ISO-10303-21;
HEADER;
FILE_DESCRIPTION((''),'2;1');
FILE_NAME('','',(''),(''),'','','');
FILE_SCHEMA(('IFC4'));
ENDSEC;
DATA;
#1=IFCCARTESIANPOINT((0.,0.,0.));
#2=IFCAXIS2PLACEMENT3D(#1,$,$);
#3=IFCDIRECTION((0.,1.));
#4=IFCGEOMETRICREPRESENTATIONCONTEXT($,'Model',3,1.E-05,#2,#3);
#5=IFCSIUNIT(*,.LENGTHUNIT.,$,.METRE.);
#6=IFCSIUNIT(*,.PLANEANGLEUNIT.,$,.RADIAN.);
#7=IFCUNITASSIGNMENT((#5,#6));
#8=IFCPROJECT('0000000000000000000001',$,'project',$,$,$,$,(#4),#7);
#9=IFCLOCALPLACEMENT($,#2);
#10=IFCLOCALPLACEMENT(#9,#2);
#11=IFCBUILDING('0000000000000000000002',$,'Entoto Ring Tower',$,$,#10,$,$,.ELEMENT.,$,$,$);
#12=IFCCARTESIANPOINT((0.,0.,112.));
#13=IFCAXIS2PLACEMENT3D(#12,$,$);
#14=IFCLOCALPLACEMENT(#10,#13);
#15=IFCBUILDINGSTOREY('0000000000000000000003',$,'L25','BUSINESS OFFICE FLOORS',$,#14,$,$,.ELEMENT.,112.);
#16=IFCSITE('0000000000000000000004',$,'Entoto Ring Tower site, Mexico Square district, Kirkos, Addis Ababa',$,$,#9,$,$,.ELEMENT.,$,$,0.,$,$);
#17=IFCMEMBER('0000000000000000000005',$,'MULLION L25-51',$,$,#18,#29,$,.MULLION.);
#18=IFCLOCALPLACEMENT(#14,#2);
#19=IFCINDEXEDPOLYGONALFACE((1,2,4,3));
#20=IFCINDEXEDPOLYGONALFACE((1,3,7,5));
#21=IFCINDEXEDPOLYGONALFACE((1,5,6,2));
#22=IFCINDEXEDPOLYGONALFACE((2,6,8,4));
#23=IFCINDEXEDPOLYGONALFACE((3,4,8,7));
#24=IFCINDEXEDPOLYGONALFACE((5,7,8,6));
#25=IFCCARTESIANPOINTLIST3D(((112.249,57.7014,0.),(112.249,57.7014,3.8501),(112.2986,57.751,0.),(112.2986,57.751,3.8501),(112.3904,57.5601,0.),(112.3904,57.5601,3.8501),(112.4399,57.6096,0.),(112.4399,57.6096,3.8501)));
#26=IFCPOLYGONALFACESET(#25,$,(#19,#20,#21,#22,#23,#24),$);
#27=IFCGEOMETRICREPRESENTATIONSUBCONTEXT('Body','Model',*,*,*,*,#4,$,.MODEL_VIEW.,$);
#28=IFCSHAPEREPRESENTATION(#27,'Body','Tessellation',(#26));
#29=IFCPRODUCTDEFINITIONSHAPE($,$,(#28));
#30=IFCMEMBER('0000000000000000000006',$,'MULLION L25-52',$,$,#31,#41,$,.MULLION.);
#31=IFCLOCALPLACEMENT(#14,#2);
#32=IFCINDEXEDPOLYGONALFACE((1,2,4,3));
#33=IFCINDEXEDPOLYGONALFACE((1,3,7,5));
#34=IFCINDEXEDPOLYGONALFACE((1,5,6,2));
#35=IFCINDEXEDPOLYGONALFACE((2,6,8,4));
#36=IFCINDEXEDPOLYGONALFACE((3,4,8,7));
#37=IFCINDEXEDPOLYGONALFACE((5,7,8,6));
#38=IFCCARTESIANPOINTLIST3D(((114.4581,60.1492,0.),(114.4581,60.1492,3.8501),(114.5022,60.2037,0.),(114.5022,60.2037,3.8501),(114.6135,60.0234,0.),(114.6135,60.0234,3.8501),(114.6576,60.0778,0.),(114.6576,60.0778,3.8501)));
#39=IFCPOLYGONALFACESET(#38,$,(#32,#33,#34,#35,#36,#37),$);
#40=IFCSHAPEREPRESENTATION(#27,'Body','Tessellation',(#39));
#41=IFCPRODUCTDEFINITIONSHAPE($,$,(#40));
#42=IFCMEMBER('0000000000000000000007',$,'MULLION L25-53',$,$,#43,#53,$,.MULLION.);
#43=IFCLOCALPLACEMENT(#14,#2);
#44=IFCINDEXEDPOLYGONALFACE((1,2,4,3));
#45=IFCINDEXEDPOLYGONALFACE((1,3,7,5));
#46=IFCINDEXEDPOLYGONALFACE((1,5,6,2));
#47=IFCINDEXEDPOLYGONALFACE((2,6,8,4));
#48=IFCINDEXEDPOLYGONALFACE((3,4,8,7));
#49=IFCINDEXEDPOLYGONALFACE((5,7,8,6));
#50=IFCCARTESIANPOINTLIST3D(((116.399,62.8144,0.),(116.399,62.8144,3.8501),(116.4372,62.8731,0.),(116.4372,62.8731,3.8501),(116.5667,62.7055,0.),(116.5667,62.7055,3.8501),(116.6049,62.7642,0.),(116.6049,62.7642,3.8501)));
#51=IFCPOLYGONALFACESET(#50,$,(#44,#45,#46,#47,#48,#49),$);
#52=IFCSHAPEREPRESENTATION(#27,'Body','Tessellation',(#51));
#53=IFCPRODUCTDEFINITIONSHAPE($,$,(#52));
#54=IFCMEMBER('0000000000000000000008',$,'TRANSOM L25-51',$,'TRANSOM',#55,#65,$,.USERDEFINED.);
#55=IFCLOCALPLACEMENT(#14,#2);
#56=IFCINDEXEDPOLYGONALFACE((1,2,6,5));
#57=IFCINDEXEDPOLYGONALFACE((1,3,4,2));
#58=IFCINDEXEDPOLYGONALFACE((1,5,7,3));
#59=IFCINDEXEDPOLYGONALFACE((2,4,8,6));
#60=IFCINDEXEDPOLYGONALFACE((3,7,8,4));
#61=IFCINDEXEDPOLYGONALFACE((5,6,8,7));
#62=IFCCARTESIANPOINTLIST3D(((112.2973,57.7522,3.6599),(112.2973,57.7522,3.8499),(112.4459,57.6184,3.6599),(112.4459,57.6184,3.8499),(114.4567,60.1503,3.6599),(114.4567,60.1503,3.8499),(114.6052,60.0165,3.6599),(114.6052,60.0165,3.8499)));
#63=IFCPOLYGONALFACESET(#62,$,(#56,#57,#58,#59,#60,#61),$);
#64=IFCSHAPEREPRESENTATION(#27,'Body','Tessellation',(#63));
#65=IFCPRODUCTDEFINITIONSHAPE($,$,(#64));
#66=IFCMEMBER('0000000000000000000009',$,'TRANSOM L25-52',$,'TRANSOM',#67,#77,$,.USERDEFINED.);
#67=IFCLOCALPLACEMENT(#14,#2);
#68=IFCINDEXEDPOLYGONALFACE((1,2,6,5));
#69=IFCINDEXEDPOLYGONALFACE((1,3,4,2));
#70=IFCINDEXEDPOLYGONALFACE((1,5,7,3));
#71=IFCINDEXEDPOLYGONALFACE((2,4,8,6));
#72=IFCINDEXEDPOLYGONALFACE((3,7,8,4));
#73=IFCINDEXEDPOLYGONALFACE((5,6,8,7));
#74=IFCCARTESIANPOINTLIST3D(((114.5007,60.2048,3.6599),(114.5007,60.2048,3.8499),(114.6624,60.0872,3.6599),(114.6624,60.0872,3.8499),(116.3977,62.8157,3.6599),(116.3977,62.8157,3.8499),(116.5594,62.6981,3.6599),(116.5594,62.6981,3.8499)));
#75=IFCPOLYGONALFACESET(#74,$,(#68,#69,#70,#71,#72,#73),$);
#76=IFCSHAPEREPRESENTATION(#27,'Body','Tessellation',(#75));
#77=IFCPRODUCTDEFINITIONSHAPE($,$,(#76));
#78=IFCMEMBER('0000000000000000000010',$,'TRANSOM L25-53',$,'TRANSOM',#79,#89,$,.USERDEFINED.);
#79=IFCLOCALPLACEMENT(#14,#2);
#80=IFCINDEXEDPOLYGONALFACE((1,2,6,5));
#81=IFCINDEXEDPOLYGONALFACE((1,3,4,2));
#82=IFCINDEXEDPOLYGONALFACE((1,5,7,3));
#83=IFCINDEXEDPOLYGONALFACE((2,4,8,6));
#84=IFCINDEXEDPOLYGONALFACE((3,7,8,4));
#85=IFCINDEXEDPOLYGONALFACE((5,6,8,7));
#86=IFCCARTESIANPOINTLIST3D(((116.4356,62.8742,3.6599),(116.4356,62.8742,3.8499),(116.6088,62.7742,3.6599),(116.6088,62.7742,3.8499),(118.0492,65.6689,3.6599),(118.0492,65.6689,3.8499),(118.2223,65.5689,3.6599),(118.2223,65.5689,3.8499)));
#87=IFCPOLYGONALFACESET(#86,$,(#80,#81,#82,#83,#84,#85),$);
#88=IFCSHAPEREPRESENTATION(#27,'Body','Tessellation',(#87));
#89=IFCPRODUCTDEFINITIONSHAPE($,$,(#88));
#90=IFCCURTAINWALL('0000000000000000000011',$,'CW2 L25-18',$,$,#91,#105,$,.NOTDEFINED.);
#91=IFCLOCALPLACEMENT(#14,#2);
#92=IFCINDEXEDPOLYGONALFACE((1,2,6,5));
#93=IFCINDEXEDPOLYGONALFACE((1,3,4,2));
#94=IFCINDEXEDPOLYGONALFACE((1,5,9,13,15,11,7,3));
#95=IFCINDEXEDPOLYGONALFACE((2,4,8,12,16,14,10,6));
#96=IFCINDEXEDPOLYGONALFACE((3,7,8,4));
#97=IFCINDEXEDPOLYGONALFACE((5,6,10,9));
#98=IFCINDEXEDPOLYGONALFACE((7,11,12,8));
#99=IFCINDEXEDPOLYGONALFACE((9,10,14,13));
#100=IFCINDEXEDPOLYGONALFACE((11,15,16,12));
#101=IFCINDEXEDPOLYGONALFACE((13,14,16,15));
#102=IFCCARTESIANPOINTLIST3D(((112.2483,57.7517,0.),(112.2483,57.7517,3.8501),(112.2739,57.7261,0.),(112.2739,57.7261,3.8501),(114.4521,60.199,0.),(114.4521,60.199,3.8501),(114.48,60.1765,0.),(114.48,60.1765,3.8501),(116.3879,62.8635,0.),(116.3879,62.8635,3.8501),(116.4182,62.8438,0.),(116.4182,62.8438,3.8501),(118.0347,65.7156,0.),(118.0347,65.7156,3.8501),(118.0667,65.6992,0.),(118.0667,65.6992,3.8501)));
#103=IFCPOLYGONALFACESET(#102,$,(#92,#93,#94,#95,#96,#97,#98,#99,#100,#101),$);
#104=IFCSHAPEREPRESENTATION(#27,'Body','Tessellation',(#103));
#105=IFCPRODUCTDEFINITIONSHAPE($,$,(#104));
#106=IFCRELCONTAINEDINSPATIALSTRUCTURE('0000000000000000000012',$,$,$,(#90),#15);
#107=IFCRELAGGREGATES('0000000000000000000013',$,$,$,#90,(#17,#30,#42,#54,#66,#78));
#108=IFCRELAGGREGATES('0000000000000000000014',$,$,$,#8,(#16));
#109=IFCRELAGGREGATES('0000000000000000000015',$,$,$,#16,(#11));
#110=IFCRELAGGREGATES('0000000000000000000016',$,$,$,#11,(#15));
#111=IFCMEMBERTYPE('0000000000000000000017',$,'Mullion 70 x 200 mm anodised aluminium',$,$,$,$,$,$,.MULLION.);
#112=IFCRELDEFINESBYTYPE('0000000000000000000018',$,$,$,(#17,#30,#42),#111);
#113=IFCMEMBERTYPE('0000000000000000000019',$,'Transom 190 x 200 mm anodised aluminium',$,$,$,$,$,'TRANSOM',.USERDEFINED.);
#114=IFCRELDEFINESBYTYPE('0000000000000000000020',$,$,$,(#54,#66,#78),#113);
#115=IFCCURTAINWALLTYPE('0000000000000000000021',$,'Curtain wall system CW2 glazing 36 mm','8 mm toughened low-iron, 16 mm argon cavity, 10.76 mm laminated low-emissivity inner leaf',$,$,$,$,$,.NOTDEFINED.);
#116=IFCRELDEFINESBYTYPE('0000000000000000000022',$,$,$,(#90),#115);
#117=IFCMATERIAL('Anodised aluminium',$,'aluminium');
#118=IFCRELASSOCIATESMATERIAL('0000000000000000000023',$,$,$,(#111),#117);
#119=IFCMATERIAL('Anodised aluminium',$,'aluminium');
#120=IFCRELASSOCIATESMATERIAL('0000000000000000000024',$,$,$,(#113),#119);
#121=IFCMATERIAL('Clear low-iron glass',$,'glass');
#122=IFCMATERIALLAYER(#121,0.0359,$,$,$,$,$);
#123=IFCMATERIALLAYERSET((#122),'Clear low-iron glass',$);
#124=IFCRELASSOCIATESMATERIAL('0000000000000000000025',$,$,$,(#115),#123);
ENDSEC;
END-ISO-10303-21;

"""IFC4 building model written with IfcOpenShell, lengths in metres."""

from ifc_helpers import new_model, si_unit, direction, frame, origin, origin_2d, place, context, subcontext, project, spatial, polyline, rectangle, outline, extrude, material, layer, layer_set, material_profile, profile_set, type_object, element, aggregate, save


model = new_model("IFC4")

# Units and contexts
model_context = context("Model", 3, precision=1e-05, world=origin(), true_north=direction((0.0, 1.0)))
body_context = subcontext(model_context, "Body", "Model", "MODEL_VIEW")
ifc_project = project(units=[si_unit("LENGTHUNIT", "METRE"), si_unit("PLANEANGLEUNIT", "RADIAN")], contexts=[model_context])

# Members
ifc_material_1 = material(Name="Anodised aluminium", Category="aluminium")
ifc_material_profile_1 = material_profile(ifc_material_1, rectangle(XDim=0.0701, YDim=0.2, at=origin_2d()), Name="Mullion 70 x 200 mm anodised aluminium")
ifc_profile_set_1 = profile_set([ifc_material_profile_1], Name="Anodised aluminium")
member_type_1 = type_object("IfcMemberType", Name="Mullion 70 x 200 mm anodised aluminium", PredefinedType="MULLION", material=ifc_profile_set_1)
site_placement = place(None, origin())
building_placement = place(site_placement, origin())
storey_placement = place(building_placement, frame((0.0, 0.0, 112.0)))
member_1_placement = place(storey_placement, frame((112.3445, 57.6555, 0.0), z_axis=(0.0, 0.0, 1.0), x_axis=(0.707107, 0.707107, 0.0)))
member_1 = element("IfcMember", 1, at=member_1_placement, type_object=member_type_1, Name="MULLION L25-51", PredefinedType="MULLION", context=body_context, shape_type="SweptSolid", body=[
    extrude(rectangle(XDim=0.0701, YDim=0.2, at=origin_2d()), origin(), (0.0, 0.0, 1.0), 3.8501),
])
member_2_placement = place(storey_placement, frame((114.5579, 60.1135, 0.0), z_axis=(0.0, 0.0, 1.0), x_axis=(0.62932, 0.777146, 0.0)))
member_2 = element("IfcMember", 2, at=member_2_placement, type_object=member_type_1, Name="MULLION L25-52", PredefinedType="MULLION", context=body_context, shape_type="SweptSolid", body=[
    extrude(rectangle(XDim=0.0701, YDim=0.2, at=origin_2d()), origin(), (0.0, 0.0, 1.0), 3.8501),
])
member_3_placement = place(storey_placement, frame((116.502, 62.7893, 0.0), z_axis=(0.0, 0.0, 1.0), x_axis=(0.544639, 0.838671, 0.0)))
member_3 = element("IfcMember", 3, at=member_3_placement, type_object=member_type_1, Name="MULLION L25-53", PredefinedType="MULLION", context=body_context, shape_type="SweptSolid", body=[
    extrude(rectangle(XDim=0.0701, YDim=0.2, at=origin_2d()), origin(), (0.0, 0.0, 1.0), 3.8501),
])
ifc_material_2 = material(Name="Anodised aluminium", Category="aluminium")
ifc_material_profile_2 = material_profile(ifc_material_2, rectangle(XDim=0.2, YDim=0.1899, at=origin_2d()), Name="Transom 190 x 200 mm anodised aluminium")
ifc_profile_set_2 = profile_set([ifc_material_profile_2], Name="Anodised aluminium")
member_type_2 = type_object("IfcMemberType", Name="Transom 190 x 200 mm anodised aluminium", ElementType="TRANSOM", PredefinedType="USERDEFINED", material=ifc_profile_set_2)
member_4_placement = place(storey_placement, frame((112.3716, 57.6853, 3.7549), z_axis=(0.669144, 0.743132, 0.0), x_axis=(-0.743132, 0.669144, 0.0)))
member_4 = element("IfcMember", 4, at=member_4_placement, type_object=member_type_2, Name="TRANSOM L25-51", ObjectType="TRANSOM", PredefinedType="USERDEFINED", context=body_context, shape_type="SweptSolid", body=[
    extrude(rectangle(XDim=0.2, YDim=0.1899, at=origin_2d()), origin(), (0.0, 0.0, 1.0), 3.2271),
])
member_5_placement = place(storey_placement, frame((114.5815, 60.146, 3.7549), z_axis=(0.587803, 0.809004, 0.0), x_axis=(-0.809004, 0.587803, 0.0)))
member_5 = element("IfcMember", 5, at=member_5_placement, type_object=member_type_2, Name="TRANSOM L25-52", ObjectType="TRANSOM", PredefinedType="USERDEFINED", context=body_context, shape_type="SweptSolid", body=[
    extrude(rectangle(XDim=0.2, YDim=0.1899, at=origin_2d()), origin(), (0.0, 0.0, 1.0), 3.2273),
])
member_6_placement = place(storey_placement, frame((116.5222, 62.8242, 3.7549), z_axis=(0.500004, 0.866023, 0.0), x_axis=(-0.866023, 0.500004, 0.0)))
member_6 = element("IfcMember", 6, at=member_6_placement, type_object=member_type_2, Name="TRANSOM L25-53", ObjectType="TRANSOM", PredefinedType="USERDEFINED", context=body_context, shape_type="SweptSolid", body=[
    extrude(rectangle(XDim=0.2, YDim=0.1899, at=origin_2d()), origin(), (0.0, 0.0, 1.0), 3.2271),
])

# Site, building, storey
site = spatial("IfcSite", under=ifc_project, at=site_placement, Name="Entoto Ring Tower site, Mexico Square district, Kirkos, Addis Ababa", CompositionType="ELEMENT", RefElevation=0.0)
building = spatial("IfcBuilding", under=site, at=building_placement, Name="Entoto Ring Tower", CompositionType="ELEMENT")
storey = spatial("IfcBuildingStorey", under=building, at=storey_placement, Name="L25", Description="BUSINESS OFFICE FLOORS", CompositionType="ELEMENT", Elevation=112.0)

# Curtain wall
ifc_material_3 = material(Name="Clear low-iron glass", Category="glass")
ifc_layer_1 = layer(ifc_material_3, 0.0359)
ifc_layer_set_1 = layer_set([ifc_layer_1], Name="Clear low-iron glass")
curtain_wall_type = type_object("IfcCurtainWallType", Name="Curtain wall system CW2 glazing 36 mm", Description="8 mm toughened low-iron, 16 mm argon cavity, 10.76 mm laminated low-emissivity inner leaf", PredefinedType="NOTDEFINED", material=ifc_layer_set_1)
curtain_wall_1_placement = place(storey_placement, origin())
curtain_wall_1 = element("IfcCurtainWall", 7, at=curtain_wall_1_placement, inside=storey, type_object=curtain_wall_type, Name="CW2 L25-18", PredefinedType="NOTDEFINED", context=body_context, shape_type="SweptSolid", body=[
    extrude(outline(polyline([(112.2739, 57.7261), (114.48, 60.1765), (116.4182, 62.8438), (118.0667, 65.6992), (118.0347, 65.7156), (116.3879, 62.8635), (114.4521, 60.199), (112.2483, 57.7517), (112.2739, 57.7261)])), origin(), (0.0, 0.0, 1.0), 3.8501),
])
aggregate(curtain_wall_1, [member_1, member_2, member_3, member_4, member_5, member_6])

save(model, "model.ifc")
